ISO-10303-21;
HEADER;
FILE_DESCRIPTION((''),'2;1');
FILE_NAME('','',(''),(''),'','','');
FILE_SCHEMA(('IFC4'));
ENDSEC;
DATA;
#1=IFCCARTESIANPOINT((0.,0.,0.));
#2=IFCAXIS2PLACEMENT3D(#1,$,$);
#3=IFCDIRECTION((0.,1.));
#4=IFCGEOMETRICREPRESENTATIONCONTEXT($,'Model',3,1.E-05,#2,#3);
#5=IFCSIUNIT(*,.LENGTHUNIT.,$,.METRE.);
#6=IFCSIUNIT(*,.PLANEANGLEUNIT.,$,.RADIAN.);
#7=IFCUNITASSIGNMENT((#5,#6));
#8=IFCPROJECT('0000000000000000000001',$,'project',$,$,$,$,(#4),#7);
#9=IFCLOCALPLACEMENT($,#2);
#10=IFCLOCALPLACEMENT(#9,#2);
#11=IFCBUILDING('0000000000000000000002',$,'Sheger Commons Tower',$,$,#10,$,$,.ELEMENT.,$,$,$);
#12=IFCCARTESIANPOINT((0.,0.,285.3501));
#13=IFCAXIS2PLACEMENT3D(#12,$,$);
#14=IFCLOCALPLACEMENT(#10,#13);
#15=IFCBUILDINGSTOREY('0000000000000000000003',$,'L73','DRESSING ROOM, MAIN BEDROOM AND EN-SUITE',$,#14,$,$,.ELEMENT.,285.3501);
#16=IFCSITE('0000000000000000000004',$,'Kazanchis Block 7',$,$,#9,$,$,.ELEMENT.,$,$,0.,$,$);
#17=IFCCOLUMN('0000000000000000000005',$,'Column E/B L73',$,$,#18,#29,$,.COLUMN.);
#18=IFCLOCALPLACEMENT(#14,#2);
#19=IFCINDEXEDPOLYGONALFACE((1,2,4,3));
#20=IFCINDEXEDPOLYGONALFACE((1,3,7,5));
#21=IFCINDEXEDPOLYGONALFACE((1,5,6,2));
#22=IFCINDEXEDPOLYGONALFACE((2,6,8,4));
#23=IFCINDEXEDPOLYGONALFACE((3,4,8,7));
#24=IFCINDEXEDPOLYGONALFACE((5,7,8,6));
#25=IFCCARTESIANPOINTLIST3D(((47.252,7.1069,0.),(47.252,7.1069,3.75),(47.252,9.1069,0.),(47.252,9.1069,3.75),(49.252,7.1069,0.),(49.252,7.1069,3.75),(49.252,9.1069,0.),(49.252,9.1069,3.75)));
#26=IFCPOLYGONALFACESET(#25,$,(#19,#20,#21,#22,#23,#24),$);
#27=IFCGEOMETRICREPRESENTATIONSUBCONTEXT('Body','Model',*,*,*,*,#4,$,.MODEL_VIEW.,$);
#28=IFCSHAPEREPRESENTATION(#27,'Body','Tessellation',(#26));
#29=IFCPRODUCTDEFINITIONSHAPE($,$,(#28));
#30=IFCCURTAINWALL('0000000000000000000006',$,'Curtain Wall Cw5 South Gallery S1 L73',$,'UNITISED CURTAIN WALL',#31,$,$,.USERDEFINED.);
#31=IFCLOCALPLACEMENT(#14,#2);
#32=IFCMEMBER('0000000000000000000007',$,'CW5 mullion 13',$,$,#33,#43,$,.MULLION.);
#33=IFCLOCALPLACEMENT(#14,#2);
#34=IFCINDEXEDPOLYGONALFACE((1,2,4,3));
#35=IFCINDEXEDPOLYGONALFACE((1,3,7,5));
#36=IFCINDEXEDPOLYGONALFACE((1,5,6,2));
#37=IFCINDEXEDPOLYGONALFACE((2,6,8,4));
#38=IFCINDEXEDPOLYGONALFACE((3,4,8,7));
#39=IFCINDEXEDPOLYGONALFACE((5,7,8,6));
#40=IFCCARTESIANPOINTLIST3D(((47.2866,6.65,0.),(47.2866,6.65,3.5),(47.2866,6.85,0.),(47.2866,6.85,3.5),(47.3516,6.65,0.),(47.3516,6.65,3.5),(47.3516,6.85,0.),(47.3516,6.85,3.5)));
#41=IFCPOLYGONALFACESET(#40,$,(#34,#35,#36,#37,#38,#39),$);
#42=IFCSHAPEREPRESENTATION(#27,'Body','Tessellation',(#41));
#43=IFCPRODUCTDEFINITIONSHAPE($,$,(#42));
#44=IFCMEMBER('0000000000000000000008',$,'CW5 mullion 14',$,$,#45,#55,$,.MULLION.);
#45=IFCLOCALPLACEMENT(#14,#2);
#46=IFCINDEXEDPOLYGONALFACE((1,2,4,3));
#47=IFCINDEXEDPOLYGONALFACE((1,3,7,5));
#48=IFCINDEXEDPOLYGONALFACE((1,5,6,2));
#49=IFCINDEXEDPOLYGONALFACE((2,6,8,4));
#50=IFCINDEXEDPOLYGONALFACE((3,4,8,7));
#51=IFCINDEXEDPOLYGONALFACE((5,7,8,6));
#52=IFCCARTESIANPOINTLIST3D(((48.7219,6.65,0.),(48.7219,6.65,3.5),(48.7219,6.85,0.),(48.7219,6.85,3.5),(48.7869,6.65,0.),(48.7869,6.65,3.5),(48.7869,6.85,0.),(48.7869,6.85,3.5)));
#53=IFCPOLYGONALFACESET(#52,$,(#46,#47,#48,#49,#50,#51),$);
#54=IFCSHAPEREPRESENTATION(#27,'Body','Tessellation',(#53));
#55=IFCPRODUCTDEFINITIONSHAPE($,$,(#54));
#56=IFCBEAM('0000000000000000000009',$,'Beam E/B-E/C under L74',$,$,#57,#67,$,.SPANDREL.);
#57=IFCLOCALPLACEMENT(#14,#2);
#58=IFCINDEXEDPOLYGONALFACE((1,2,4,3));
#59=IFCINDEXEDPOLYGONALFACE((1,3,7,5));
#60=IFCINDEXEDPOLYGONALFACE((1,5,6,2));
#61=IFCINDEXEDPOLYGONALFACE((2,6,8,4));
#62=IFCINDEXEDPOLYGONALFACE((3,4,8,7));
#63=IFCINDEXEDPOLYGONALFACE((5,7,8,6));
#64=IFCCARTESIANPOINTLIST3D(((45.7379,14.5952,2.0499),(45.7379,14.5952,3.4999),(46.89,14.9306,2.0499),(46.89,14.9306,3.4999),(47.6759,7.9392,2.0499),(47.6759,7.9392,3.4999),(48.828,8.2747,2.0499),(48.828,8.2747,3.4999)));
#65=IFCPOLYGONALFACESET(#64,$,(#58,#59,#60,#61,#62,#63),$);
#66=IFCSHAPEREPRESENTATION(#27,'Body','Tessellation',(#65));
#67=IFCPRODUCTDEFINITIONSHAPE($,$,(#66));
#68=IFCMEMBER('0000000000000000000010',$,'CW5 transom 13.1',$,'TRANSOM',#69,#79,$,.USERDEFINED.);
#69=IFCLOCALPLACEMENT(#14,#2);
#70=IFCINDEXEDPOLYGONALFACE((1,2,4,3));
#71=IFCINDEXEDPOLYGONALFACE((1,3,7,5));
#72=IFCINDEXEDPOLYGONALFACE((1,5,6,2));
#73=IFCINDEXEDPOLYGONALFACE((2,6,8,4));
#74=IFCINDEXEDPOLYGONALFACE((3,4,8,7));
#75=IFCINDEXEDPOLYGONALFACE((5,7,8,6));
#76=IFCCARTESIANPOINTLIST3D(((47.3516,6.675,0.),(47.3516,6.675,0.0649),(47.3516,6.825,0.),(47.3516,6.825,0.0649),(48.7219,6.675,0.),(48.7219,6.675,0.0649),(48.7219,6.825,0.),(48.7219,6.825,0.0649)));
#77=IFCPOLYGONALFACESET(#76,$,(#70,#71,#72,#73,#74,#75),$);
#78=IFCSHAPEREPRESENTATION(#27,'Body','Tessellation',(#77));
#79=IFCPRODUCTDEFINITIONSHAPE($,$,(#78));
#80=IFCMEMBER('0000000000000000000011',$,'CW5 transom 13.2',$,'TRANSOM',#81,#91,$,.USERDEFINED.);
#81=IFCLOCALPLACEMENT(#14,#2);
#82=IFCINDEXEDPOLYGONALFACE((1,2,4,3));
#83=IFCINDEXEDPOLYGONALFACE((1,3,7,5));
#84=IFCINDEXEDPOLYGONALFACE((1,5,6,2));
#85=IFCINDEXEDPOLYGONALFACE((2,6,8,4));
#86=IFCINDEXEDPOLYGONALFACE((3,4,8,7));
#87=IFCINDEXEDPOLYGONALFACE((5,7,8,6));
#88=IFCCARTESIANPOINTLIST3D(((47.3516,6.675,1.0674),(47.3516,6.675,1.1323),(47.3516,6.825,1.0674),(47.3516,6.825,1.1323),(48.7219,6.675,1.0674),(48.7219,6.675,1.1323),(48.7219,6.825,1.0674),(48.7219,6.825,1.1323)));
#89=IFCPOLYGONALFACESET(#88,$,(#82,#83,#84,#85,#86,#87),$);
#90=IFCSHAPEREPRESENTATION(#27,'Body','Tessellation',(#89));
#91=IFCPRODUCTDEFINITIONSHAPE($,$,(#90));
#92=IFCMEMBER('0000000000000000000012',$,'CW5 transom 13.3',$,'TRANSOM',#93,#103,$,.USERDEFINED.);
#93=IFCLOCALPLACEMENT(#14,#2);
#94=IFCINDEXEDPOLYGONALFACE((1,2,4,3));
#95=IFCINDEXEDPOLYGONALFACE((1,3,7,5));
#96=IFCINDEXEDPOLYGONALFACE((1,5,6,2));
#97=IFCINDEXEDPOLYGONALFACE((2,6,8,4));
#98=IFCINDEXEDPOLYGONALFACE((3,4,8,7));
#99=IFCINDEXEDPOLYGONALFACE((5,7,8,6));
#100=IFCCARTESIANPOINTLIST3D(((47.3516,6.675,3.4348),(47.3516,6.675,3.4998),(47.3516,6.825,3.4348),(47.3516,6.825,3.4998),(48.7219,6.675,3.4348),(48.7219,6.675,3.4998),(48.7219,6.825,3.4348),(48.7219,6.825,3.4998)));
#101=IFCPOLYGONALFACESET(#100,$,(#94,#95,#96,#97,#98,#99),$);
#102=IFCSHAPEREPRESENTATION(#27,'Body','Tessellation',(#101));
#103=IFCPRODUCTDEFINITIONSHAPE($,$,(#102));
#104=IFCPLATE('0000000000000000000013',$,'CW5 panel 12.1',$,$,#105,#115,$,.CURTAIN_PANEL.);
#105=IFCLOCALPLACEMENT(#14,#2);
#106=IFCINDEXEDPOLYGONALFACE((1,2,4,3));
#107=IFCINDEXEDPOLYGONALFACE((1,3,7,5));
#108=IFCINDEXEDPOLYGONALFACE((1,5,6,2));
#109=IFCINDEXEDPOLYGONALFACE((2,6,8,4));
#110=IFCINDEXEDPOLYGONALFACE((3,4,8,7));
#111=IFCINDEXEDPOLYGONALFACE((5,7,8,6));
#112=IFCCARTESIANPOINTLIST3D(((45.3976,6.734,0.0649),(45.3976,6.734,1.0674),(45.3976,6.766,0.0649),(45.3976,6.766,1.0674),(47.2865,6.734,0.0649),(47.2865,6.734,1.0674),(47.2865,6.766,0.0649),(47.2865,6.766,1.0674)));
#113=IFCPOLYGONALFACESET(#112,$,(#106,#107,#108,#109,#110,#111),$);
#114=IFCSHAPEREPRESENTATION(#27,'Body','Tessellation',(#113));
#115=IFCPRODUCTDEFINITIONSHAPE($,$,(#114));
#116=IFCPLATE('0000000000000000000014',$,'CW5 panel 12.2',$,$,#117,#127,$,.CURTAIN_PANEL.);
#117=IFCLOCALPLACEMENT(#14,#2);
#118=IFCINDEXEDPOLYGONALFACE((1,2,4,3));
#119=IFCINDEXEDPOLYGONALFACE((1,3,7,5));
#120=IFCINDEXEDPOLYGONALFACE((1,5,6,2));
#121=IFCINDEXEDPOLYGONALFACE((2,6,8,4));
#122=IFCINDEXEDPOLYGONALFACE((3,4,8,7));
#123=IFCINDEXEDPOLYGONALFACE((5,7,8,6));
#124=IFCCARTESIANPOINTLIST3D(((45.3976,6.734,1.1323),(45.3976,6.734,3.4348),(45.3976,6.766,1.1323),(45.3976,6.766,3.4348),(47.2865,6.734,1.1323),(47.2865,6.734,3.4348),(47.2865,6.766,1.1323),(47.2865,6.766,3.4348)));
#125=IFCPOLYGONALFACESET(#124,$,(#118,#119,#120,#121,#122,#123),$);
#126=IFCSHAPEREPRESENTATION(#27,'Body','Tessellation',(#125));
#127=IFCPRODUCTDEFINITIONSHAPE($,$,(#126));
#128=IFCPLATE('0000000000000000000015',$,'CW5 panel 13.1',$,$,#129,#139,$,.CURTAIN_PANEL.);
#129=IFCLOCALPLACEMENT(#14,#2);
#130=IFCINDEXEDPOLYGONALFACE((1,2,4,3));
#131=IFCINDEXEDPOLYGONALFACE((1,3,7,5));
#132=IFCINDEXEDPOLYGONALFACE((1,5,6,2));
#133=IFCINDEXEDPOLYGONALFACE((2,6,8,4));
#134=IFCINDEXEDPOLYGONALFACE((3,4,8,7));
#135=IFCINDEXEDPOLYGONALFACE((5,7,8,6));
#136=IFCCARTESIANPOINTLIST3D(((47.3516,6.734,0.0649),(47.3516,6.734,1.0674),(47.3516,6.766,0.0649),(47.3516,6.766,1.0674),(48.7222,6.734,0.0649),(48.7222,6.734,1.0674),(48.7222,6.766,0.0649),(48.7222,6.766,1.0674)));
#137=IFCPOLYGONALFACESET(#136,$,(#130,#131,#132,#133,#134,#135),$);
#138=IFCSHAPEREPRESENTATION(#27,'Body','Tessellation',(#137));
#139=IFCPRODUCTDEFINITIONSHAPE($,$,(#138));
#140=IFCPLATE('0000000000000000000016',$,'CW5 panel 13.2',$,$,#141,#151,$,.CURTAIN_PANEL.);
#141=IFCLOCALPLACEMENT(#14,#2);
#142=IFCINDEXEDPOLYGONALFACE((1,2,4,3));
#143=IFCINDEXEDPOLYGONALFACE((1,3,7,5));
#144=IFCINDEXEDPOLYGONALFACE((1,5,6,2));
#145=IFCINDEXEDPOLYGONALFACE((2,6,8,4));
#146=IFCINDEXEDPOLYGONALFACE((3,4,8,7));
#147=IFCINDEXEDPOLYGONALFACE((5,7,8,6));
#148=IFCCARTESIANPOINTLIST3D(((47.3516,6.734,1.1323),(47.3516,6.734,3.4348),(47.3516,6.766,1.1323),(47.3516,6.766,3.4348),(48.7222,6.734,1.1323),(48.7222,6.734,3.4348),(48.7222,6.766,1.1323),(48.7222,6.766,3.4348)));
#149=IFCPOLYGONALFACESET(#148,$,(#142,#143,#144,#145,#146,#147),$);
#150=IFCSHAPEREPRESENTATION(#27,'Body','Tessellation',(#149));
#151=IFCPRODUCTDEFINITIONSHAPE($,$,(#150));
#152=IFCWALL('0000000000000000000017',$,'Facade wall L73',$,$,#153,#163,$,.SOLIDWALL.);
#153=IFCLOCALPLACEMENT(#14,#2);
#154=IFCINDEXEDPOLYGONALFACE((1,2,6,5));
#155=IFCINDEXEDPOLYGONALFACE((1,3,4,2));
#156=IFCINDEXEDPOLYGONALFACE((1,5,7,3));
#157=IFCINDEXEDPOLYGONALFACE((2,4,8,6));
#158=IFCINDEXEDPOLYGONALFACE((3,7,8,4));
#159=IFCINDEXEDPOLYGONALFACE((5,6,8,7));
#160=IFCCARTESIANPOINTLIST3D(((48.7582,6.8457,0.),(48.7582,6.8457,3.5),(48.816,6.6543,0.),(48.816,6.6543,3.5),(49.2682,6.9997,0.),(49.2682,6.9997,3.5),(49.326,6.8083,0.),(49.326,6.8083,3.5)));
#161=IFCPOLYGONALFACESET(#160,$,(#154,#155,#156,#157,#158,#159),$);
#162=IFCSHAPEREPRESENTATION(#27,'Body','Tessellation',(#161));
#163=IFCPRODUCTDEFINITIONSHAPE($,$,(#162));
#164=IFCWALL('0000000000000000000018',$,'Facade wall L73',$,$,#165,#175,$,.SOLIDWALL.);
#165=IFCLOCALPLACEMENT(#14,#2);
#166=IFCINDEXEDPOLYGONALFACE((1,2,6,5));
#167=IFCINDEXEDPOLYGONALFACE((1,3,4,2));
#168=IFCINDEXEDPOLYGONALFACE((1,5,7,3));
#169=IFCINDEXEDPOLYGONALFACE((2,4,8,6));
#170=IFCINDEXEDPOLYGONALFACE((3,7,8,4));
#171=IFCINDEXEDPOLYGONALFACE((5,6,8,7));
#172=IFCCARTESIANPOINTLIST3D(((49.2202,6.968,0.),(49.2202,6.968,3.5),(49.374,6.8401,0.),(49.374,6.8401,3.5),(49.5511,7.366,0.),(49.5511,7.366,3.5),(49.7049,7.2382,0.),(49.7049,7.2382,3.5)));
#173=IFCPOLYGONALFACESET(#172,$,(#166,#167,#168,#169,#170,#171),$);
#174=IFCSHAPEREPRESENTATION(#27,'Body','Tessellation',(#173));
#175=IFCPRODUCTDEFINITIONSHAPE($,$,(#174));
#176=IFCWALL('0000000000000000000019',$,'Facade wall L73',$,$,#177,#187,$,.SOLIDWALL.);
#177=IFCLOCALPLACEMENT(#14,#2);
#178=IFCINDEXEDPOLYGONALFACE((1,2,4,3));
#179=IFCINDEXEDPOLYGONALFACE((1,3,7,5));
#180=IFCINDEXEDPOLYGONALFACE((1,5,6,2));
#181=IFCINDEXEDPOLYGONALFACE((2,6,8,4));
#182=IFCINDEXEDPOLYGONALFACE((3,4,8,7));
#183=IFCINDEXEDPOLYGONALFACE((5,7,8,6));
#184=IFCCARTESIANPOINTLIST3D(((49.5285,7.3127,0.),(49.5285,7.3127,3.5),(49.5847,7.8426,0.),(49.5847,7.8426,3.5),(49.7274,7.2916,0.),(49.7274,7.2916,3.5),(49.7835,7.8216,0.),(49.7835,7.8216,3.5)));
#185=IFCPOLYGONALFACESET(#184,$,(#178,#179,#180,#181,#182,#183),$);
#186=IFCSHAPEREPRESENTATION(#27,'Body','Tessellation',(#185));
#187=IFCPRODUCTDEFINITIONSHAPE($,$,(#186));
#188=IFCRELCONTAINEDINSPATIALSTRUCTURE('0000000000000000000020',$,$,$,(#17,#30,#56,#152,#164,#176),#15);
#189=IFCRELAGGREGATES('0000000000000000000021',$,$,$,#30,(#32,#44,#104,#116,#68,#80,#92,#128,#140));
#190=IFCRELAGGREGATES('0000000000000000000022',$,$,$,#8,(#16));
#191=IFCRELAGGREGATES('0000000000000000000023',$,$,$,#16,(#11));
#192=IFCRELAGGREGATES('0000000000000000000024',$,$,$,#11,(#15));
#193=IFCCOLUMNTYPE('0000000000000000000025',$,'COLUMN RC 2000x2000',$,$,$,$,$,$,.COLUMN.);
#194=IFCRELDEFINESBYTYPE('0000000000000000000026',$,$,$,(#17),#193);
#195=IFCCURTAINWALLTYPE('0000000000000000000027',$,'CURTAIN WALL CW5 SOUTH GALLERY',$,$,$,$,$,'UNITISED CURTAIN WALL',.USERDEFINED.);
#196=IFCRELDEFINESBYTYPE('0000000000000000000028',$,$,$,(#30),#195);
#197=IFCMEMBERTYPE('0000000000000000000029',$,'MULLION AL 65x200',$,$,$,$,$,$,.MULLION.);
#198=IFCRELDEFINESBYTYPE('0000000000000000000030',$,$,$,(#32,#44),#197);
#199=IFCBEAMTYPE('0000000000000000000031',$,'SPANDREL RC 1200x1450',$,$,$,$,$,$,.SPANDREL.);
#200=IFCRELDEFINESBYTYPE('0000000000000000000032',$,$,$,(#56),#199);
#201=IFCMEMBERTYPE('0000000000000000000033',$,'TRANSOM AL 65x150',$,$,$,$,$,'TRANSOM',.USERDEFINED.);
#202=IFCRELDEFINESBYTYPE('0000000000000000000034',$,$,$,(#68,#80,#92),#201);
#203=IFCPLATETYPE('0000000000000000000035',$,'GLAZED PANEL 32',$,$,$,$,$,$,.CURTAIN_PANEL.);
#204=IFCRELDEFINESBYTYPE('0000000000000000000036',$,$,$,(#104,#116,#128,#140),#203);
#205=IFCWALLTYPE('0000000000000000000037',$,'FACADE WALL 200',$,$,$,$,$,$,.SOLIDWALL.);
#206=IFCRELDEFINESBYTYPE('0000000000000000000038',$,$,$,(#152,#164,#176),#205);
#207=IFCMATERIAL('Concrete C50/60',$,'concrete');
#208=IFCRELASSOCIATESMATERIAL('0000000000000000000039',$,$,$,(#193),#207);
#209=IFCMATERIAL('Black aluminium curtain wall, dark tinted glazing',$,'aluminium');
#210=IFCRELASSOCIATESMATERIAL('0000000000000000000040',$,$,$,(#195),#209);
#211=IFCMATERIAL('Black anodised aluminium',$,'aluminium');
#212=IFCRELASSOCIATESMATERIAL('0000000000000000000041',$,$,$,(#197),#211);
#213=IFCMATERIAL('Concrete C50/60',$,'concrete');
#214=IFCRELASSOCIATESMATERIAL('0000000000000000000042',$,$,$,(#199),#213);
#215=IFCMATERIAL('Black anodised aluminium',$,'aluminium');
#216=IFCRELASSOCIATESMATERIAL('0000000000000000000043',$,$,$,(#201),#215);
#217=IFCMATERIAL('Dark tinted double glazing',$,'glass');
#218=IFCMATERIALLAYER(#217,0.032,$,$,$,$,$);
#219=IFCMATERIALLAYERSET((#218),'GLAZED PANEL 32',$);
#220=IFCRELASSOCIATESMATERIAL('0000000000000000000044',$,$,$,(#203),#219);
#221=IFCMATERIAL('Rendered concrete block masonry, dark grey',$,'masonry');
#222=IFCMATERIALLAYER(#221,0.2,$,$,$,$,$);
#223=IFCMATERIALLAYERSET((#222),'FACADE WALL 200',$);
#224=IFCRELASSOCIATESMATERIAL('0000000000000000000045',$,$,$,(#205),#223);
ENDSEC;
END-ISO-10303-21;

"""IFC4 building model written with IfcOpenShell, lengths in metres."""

from ifc_helpers import new_model, si_unit, direction, frame, frame_2d, origin, origin_2d, place, context, subcontext, project, spatial, rectangle, extrude, material, layer, layer_set, material_profile, profile_set, type_object, element, aggregate, save


model = new_model("IFC4")

# Units and contexts
model_context = context("Model", 3, precision=1e-05, world=origin(), true_north=direction((0.0, 1.0)))
body_context = subcontext(model_context, "Body", "Model", "MODEL_VIEW")
ifc_project = project(units=[si_unit("LENGTHUNIT", "METRE"), si_unit("PLANEANGLEUNIT", "RADIAN")], contexts=[model_context])

# Site, building, storey
site_placement = place(None, origin())
site = spatial("IfcSite", under=ifc_project, at=site_placement, Name="Kazanchis Block 7", CompositionType="ELEMENT", RefElevation=0.0)
building_placement = place(site_placement, origin())
building = spatial("IfcBuilding", under=site, at=building_placement, Name="Sheger Commons Tower", CompositionType="ELEMENT")
storey_placement = place(building_placement, frame((0.0, 0.0, 285.3501)))
storey = spatial("IfcBuildingStorey", under=building, at=storey_placement, Name="L73", Description="DRESSING ROOM, MAIN BEDROOM AND EN-SUITE", CompositionType="ELEMENT", Elevation=285.3501)

# Column
ifc_material_1 = material(Name="Concrete C50/60", Category="concrete")
ifc_material_profile_1 = material_profile(ifc_material_1, rectangle(XDim=2.0, YDim=2.0, at=origin_2d()), Name="RC 2000x2000")
ifc_profile_set_1 = profile_set([ifc_material_profile_1], Name="Concrete C50/60")
column_type = type_object("IfcColumnType", Name="COLUMN RC 2000x2000", PredefinedType="COLUMN", material=ifc_profile_set_1)
column_placement = place(storey_placement, frame((48.252, 8.1069, 0.0), z_axis=(0.0, 0.0, 1.0), x_axis=(1.0, 0.0, 0.0)))
element("IfcColumn", 1, at=column_placement, inside=storey, type_object=column_type, Name="Column E/B L73", PredefinedType="COLUMN", context=body_context, shape_type="SweptSolid", body=[
    extrude(rectangle(XDim=2.0, YDim=2.0, at=origin_2d()), origin(), (0.0, 0.0, 1.0), 3.75),
])

# Curtain wall, members
ifc_material_2 = material(Name="Black aluminium curtain wall, dark tinted glazing", Category="aluminium")
curtain_wall_type = type_object("IfcCurtainWallType", Name="CURTAIN WALL CW5 SOUTH GALLERY", ElementType="UNITISED CURTAIN WALL", PredefinedType="USERDEFINED", material=ifc_material_2)
curtain_wall_placement = place(storey_placement, origin())
curtain_wall = element("IfcCurtainWall", 2, at=curtain_wall_placement, inside=storey, type_object=curtain_wall_type, Name="Curtain Wall Cw5 South Gallery S1 L73", ObjectType="UNITISED CURTAIN WALL", PredefinedType="USERDEFINED")
ifc_material_3 = material(Name="Black anodised aluminium", Category="aluminium")
ifc_material_profile_2 = material_profile(ifc_material_3, rectangle(XDim=0.2, YDim=0.0649, at=origin_2d()), Name="AL 65x200")
ifc_profile_set_2 = profile_set([ifc_material_profile_2], Name="Black anodised aluminium")
member_type_1 = type_object("IfcMemberType", Name="MULLION AL 65x200", PredefinedType="MULLION", material=ifc_profile_set_2)
member_1_placement = place(storey_placement, frame((47.3191, 6.75, 0.0), z_axis=(0.0, 0.0, 1.0), x_axis=(0.0, 1.0, 0.0)))
member_1 = element("IfcMember", 3, at=member_1_placement, type_object=member_type_1, Name="CW5 mullion 13", PredefinedType="MULLION", context=body_context, shape_type="SweptSolid", body=[
    extrude(rectangle(XDim=0.2, YDim=0.0649, at=origin_2d()), origin(), (0.0, 0.0, 1.0), 3.5),
])
member_2_placement = place(storey_placement, frame((48.7544, 6.75, 0.0), z_axis=(0.0, 0.0, 1.0), x_axis=(0.0, 1.0, 0.0)))
member_2 = element("IfcMember", 4, at=member_2_placement, type_object=member_type_1, Name="CW5 mullion 14", PredefinedType="MULLION", context=body_context, shape_type="SweptSolid", body=[
    extrude(rectangle(XDim=0.2, YDim=0.0649, at=origin_2d()), origin(), (0.0, 0.0, 1.0), 3.5),
])

# Beam
ifc_material_4 = material(Name="Concrete C50/60", Category="concrete")
ifc_material_profile_3 = material_profile(ifc_material_4, rectangle(XDim=1.2, YDim=1.45, at=origin_2d()), Name="RC 1200x1450")
ifc_profile_set_3 = profile_set([ifc_material_profile_3], Name="Concrete C50/60")
beam_type = type_object("IfcBeamType", Name="SPANDREL RC 1200x1450", PredefinedType="SPANDREL", material=ifc_profile_set_3)
beam_placement = place(storey_placement, frame((48.252, 8.1069, 2.7749), z_axis=(-0.279555, 0.96013, 0.0), x_axis=(-0.96013, -0.279555, 0.0)))
element("IfcBeam", 5, at=beam_placement, inside=storey, type_object=beam_type, Name="Beam E/B-E/C under L74", PredefinedType="SPANDREL", context=body_context, shape_type="SweptSolid", body=[
    extrude(rectangle(XDim=1.2, YDim=1.45, at=origin_2d()), origin(), (0.0, 0.0, 1.0), 6.9324),
])

# Members
ifc_material_5 = material(Name="Black anodised aluminium", Category="aluminium")
ifc_material_profile_4 = material_profile(ifc_material_5, rectangle(XDim=0.1499, YDim=0.0649, at=origin_2d()), Name="AL 65x150")
ifc_profile_set_4 = profile_set([ifc_material_profile_4], Name="Black anodised aluminium")
member_type_2 = type_object("IfcMemberType", Name="TRANSOM AL 65x150", ElementType="TRANSOM", PredefinedType="USERDEFINED", material=ifc_profile_set_4)
member_3_placement = place(storey_placement, frame((47.3516, 6.75, 0.0325), z_axis=(1.0, 0.0, 0.0), x_axis=(0.0, 1.0, 0.0)))
member_3 = element("IfcMember", 6, at=member_3_placement, type_object=member_type_2, Name="CW5 transom 13.1", ObjectType="TRANSOM", PredefinedType="USERDEFINED", context=body_context, shape_type="SweptSolid", body=[
    extrude(rectangle(XDim=0.1499, YDim=0.0649, at=origin_2d()), origin(), (0.0, 0.0, 1.0), 1.3704),
])
member_4_placement = place(storey_placement, frame((47.3516, 6.75, 1.0999), z_axis=(1.0, 0.0, 0.0), x_axis=(0.0, 1.0, 0.0)))
member_4 = element("IfcMember", 7, at=member_4_placement, type_object=member_type_2, Name="CW5 transom 13.2", ObjectType="TRANSOM", PredefinedType="USERDEFINED", context=body_context, shape_type="SweptSolid", body=[
    extrude(rectangle(XDim=0.1499, YDim=0.0649, at=origin_2d()), origin(), (0.0, 0.0, 1.0), 1.3704),
])
member_5_placement = place(storey_placement, frame((47.3516, 6.75, 3.4673), z_axis=(1.0, 0.0, 0.0), x_axis=(0.0, 1.0, 0.0)))
member_5 = element("IfcMember", 8, at=member_5_placement, type_object=member_type_2, Name="CW5 transom 13.3", ObjectType="TRANSOM", PredefinedType="USERDEFINED", context=body_context, shape_type="SweptSolid", body=[
    extrude(rectangle(XDim=0.1499, YDim=0.0649, at=origin_2d()), origin(), (0.0, 0.0, 1.0), 1.3704),
])

# Plates
ifc_material_6 = material(Name="Dark tinted double glazing", Category="glass")
ifc_layer_1 = layer(ifc_material_6, 0.032)
ifc_layer_set_1 = layer_set([ifc_layer_1], Name="GLAZED PANEL 32")
plate_type = type_object("IfcPlateType", Name="GLAZED PANEL 32", PredefinedType="CURTAIN_PANEL", material=ifc_layer_set_1)
plate_1_placement = place(storey_placement, frame((46.342, 6.75, 0.0649), z_axis=(0.0, 0.0, 1.0), x_axis=(1.0, 0.0, 0.0)))
plate_1 = element("IfcPlate", 9, at=plate_1_placement, type_object=plate_type, Name="CW5 panel 12.1", PredefinedType="CURTAIN_PANEL", context=body_context, shape_type="SweptSolid", body=[
    extrude(rectangle(XDim=1.8889, YDim=0.032, at=origin_2d()), origin(), (0.0, 0.0, 1.0), 1.0024),
])
plate_2_placement = place(storey_placement, frame((46.342, 6.75, 1.1323), z_axis=(0.0, 0.0, 1.0), x_axis=(1.0, 0.0, 0.0)))
plate_2 = element("IfcPlate", 10, at=plate_2_placement, type_object=plate_type, Name="CW5 panel 12.2", PredefinedType="CURTAIN_PANEL", context=body_context, shape_type="SweptSolid", body=[
    extrude(rectangle(XDim=1.8889, YDim=0.032, at=origin_2d()), origin(), (0.0, 0.0, 1.0), 2.3025),
])
plate_3_placement = place(storey_placement, frame((48.0369, 6.75, 0.0649), z_axis=(0.0, 0.0, 1.0), x_axis=(1.0, 0.0, 0.0)))
plate_3 = element("IfcPlate", 11, at=plate_3_placement, type_object=plate_type, Name="CW5 panel 13.1", PredefinedType="CURTAIN_PANEL", context=body_context, shape_type="SweptSolid", body=[
    extrude(rectangle(XDim=1.3706, YDim=0.032, at=origin_2d()), origin(), (0.0, 0.0, 1.0), 1.0024),
])
plate_4_placement = place(storey_placement, frame((48.0369, 6.75, 1.1323), z_axis=(0.0, 0.0, 1.0), x_axis=(1.0, 0.0, 0.0)))
plate_4 = element("IfcPlate", 12, at=plate_4_placement, type_object=plate_type, Name="CW5 panel 13.2", PredefinedType="CURTAIN_PANEL", context=body_context, shape_type="SweptSolid", body=[
    extrude(rectangle(XDim=1.3706, YDim=0.032, at=origin_2d()), origin(), (0.0, 0.0, 1.0), 2.3025),
])
aggregate(curtain_wall, [member_1, member_2, plate_1, plate_2, member_3, member_4, member_5, plate_3, plate_4])

# Walls
ifc_material_7 = material(Name="Rendered concrete block masonry, dark grey", Category="masonry")
ifc_layer_2 = layer(ifc_material_7, 0.2)
ifc_layer_set_2 = layer_set([ifc_layer_2], Name="FACADE WALL 200")
wall_type_1 = type_object("IfcWallType", Name="FACADE WALL 200", PredefinedType="SOLIDWALL", material=ifc_layer_set_2)
wall_1_placement = place(storey_placement, frame((48.7871, 6.75, 0.0), z_axis=(0.0, 0.0, 1.0), x_axis=(0.957282, 0.289155, 0.0)))
element("IfcWall", 13, at=wall_1_placement, inside=storey, type_object=wall_type_1, Name="Facade wall L73", PredefinedType="SOLIDWALL", context=body_context, shape_type="SweptSolid", body=[
    extrude(rectangle(XDim=0.5327, YDim=0.2, at=frame_2d((0.2664, 0.0))), origin(), (0.0, 0.0, 1.0), 3.5),
])
wall_2_placement = place(storey_placement, frame((49.2971, 6.9041, 0.0), z_axis=(0.0, 0.0, 1.0), x_axis=(0.639256, 0.768994, 0.0)))
element("IfcWall", 14, at=wall_2_placement, inside=storey, type_object=wall_type_1, Name="Facade wall L73", PredefinedType="SOLIDWALL", context=body_context, shape_type="SweptSolid", body=[
    extrude(rectangle(XDim=0.5176, YDim=0.2, at=frame_2d((0.2588, 0.0))), origin(), (0.0, 0.0, 1.0), 3.5),
])
wall_3_placement = place(storey_placement, frame((49.6279, 7.302, 0.0), z_axis=(0.0, 0.0, 1.0), x_axis=(0.105352, 0.994435, 0.0)))
element("IfcWall", 15, at=wall_3_placement, inside=storey, type_object=wall_type_1, Name="Facade wall L73", PredefinedType="SOLIDWALL", context=body_context, shape_type="SweptSolid", body=[
    extrude(rectangle(XDim=0.533, YDim=0.2, at=frame_2d((0.2666, 0.0))), origin(), (0.0, 0.0, 1.0), 3.5),
])

save(model, "model.ifc")
